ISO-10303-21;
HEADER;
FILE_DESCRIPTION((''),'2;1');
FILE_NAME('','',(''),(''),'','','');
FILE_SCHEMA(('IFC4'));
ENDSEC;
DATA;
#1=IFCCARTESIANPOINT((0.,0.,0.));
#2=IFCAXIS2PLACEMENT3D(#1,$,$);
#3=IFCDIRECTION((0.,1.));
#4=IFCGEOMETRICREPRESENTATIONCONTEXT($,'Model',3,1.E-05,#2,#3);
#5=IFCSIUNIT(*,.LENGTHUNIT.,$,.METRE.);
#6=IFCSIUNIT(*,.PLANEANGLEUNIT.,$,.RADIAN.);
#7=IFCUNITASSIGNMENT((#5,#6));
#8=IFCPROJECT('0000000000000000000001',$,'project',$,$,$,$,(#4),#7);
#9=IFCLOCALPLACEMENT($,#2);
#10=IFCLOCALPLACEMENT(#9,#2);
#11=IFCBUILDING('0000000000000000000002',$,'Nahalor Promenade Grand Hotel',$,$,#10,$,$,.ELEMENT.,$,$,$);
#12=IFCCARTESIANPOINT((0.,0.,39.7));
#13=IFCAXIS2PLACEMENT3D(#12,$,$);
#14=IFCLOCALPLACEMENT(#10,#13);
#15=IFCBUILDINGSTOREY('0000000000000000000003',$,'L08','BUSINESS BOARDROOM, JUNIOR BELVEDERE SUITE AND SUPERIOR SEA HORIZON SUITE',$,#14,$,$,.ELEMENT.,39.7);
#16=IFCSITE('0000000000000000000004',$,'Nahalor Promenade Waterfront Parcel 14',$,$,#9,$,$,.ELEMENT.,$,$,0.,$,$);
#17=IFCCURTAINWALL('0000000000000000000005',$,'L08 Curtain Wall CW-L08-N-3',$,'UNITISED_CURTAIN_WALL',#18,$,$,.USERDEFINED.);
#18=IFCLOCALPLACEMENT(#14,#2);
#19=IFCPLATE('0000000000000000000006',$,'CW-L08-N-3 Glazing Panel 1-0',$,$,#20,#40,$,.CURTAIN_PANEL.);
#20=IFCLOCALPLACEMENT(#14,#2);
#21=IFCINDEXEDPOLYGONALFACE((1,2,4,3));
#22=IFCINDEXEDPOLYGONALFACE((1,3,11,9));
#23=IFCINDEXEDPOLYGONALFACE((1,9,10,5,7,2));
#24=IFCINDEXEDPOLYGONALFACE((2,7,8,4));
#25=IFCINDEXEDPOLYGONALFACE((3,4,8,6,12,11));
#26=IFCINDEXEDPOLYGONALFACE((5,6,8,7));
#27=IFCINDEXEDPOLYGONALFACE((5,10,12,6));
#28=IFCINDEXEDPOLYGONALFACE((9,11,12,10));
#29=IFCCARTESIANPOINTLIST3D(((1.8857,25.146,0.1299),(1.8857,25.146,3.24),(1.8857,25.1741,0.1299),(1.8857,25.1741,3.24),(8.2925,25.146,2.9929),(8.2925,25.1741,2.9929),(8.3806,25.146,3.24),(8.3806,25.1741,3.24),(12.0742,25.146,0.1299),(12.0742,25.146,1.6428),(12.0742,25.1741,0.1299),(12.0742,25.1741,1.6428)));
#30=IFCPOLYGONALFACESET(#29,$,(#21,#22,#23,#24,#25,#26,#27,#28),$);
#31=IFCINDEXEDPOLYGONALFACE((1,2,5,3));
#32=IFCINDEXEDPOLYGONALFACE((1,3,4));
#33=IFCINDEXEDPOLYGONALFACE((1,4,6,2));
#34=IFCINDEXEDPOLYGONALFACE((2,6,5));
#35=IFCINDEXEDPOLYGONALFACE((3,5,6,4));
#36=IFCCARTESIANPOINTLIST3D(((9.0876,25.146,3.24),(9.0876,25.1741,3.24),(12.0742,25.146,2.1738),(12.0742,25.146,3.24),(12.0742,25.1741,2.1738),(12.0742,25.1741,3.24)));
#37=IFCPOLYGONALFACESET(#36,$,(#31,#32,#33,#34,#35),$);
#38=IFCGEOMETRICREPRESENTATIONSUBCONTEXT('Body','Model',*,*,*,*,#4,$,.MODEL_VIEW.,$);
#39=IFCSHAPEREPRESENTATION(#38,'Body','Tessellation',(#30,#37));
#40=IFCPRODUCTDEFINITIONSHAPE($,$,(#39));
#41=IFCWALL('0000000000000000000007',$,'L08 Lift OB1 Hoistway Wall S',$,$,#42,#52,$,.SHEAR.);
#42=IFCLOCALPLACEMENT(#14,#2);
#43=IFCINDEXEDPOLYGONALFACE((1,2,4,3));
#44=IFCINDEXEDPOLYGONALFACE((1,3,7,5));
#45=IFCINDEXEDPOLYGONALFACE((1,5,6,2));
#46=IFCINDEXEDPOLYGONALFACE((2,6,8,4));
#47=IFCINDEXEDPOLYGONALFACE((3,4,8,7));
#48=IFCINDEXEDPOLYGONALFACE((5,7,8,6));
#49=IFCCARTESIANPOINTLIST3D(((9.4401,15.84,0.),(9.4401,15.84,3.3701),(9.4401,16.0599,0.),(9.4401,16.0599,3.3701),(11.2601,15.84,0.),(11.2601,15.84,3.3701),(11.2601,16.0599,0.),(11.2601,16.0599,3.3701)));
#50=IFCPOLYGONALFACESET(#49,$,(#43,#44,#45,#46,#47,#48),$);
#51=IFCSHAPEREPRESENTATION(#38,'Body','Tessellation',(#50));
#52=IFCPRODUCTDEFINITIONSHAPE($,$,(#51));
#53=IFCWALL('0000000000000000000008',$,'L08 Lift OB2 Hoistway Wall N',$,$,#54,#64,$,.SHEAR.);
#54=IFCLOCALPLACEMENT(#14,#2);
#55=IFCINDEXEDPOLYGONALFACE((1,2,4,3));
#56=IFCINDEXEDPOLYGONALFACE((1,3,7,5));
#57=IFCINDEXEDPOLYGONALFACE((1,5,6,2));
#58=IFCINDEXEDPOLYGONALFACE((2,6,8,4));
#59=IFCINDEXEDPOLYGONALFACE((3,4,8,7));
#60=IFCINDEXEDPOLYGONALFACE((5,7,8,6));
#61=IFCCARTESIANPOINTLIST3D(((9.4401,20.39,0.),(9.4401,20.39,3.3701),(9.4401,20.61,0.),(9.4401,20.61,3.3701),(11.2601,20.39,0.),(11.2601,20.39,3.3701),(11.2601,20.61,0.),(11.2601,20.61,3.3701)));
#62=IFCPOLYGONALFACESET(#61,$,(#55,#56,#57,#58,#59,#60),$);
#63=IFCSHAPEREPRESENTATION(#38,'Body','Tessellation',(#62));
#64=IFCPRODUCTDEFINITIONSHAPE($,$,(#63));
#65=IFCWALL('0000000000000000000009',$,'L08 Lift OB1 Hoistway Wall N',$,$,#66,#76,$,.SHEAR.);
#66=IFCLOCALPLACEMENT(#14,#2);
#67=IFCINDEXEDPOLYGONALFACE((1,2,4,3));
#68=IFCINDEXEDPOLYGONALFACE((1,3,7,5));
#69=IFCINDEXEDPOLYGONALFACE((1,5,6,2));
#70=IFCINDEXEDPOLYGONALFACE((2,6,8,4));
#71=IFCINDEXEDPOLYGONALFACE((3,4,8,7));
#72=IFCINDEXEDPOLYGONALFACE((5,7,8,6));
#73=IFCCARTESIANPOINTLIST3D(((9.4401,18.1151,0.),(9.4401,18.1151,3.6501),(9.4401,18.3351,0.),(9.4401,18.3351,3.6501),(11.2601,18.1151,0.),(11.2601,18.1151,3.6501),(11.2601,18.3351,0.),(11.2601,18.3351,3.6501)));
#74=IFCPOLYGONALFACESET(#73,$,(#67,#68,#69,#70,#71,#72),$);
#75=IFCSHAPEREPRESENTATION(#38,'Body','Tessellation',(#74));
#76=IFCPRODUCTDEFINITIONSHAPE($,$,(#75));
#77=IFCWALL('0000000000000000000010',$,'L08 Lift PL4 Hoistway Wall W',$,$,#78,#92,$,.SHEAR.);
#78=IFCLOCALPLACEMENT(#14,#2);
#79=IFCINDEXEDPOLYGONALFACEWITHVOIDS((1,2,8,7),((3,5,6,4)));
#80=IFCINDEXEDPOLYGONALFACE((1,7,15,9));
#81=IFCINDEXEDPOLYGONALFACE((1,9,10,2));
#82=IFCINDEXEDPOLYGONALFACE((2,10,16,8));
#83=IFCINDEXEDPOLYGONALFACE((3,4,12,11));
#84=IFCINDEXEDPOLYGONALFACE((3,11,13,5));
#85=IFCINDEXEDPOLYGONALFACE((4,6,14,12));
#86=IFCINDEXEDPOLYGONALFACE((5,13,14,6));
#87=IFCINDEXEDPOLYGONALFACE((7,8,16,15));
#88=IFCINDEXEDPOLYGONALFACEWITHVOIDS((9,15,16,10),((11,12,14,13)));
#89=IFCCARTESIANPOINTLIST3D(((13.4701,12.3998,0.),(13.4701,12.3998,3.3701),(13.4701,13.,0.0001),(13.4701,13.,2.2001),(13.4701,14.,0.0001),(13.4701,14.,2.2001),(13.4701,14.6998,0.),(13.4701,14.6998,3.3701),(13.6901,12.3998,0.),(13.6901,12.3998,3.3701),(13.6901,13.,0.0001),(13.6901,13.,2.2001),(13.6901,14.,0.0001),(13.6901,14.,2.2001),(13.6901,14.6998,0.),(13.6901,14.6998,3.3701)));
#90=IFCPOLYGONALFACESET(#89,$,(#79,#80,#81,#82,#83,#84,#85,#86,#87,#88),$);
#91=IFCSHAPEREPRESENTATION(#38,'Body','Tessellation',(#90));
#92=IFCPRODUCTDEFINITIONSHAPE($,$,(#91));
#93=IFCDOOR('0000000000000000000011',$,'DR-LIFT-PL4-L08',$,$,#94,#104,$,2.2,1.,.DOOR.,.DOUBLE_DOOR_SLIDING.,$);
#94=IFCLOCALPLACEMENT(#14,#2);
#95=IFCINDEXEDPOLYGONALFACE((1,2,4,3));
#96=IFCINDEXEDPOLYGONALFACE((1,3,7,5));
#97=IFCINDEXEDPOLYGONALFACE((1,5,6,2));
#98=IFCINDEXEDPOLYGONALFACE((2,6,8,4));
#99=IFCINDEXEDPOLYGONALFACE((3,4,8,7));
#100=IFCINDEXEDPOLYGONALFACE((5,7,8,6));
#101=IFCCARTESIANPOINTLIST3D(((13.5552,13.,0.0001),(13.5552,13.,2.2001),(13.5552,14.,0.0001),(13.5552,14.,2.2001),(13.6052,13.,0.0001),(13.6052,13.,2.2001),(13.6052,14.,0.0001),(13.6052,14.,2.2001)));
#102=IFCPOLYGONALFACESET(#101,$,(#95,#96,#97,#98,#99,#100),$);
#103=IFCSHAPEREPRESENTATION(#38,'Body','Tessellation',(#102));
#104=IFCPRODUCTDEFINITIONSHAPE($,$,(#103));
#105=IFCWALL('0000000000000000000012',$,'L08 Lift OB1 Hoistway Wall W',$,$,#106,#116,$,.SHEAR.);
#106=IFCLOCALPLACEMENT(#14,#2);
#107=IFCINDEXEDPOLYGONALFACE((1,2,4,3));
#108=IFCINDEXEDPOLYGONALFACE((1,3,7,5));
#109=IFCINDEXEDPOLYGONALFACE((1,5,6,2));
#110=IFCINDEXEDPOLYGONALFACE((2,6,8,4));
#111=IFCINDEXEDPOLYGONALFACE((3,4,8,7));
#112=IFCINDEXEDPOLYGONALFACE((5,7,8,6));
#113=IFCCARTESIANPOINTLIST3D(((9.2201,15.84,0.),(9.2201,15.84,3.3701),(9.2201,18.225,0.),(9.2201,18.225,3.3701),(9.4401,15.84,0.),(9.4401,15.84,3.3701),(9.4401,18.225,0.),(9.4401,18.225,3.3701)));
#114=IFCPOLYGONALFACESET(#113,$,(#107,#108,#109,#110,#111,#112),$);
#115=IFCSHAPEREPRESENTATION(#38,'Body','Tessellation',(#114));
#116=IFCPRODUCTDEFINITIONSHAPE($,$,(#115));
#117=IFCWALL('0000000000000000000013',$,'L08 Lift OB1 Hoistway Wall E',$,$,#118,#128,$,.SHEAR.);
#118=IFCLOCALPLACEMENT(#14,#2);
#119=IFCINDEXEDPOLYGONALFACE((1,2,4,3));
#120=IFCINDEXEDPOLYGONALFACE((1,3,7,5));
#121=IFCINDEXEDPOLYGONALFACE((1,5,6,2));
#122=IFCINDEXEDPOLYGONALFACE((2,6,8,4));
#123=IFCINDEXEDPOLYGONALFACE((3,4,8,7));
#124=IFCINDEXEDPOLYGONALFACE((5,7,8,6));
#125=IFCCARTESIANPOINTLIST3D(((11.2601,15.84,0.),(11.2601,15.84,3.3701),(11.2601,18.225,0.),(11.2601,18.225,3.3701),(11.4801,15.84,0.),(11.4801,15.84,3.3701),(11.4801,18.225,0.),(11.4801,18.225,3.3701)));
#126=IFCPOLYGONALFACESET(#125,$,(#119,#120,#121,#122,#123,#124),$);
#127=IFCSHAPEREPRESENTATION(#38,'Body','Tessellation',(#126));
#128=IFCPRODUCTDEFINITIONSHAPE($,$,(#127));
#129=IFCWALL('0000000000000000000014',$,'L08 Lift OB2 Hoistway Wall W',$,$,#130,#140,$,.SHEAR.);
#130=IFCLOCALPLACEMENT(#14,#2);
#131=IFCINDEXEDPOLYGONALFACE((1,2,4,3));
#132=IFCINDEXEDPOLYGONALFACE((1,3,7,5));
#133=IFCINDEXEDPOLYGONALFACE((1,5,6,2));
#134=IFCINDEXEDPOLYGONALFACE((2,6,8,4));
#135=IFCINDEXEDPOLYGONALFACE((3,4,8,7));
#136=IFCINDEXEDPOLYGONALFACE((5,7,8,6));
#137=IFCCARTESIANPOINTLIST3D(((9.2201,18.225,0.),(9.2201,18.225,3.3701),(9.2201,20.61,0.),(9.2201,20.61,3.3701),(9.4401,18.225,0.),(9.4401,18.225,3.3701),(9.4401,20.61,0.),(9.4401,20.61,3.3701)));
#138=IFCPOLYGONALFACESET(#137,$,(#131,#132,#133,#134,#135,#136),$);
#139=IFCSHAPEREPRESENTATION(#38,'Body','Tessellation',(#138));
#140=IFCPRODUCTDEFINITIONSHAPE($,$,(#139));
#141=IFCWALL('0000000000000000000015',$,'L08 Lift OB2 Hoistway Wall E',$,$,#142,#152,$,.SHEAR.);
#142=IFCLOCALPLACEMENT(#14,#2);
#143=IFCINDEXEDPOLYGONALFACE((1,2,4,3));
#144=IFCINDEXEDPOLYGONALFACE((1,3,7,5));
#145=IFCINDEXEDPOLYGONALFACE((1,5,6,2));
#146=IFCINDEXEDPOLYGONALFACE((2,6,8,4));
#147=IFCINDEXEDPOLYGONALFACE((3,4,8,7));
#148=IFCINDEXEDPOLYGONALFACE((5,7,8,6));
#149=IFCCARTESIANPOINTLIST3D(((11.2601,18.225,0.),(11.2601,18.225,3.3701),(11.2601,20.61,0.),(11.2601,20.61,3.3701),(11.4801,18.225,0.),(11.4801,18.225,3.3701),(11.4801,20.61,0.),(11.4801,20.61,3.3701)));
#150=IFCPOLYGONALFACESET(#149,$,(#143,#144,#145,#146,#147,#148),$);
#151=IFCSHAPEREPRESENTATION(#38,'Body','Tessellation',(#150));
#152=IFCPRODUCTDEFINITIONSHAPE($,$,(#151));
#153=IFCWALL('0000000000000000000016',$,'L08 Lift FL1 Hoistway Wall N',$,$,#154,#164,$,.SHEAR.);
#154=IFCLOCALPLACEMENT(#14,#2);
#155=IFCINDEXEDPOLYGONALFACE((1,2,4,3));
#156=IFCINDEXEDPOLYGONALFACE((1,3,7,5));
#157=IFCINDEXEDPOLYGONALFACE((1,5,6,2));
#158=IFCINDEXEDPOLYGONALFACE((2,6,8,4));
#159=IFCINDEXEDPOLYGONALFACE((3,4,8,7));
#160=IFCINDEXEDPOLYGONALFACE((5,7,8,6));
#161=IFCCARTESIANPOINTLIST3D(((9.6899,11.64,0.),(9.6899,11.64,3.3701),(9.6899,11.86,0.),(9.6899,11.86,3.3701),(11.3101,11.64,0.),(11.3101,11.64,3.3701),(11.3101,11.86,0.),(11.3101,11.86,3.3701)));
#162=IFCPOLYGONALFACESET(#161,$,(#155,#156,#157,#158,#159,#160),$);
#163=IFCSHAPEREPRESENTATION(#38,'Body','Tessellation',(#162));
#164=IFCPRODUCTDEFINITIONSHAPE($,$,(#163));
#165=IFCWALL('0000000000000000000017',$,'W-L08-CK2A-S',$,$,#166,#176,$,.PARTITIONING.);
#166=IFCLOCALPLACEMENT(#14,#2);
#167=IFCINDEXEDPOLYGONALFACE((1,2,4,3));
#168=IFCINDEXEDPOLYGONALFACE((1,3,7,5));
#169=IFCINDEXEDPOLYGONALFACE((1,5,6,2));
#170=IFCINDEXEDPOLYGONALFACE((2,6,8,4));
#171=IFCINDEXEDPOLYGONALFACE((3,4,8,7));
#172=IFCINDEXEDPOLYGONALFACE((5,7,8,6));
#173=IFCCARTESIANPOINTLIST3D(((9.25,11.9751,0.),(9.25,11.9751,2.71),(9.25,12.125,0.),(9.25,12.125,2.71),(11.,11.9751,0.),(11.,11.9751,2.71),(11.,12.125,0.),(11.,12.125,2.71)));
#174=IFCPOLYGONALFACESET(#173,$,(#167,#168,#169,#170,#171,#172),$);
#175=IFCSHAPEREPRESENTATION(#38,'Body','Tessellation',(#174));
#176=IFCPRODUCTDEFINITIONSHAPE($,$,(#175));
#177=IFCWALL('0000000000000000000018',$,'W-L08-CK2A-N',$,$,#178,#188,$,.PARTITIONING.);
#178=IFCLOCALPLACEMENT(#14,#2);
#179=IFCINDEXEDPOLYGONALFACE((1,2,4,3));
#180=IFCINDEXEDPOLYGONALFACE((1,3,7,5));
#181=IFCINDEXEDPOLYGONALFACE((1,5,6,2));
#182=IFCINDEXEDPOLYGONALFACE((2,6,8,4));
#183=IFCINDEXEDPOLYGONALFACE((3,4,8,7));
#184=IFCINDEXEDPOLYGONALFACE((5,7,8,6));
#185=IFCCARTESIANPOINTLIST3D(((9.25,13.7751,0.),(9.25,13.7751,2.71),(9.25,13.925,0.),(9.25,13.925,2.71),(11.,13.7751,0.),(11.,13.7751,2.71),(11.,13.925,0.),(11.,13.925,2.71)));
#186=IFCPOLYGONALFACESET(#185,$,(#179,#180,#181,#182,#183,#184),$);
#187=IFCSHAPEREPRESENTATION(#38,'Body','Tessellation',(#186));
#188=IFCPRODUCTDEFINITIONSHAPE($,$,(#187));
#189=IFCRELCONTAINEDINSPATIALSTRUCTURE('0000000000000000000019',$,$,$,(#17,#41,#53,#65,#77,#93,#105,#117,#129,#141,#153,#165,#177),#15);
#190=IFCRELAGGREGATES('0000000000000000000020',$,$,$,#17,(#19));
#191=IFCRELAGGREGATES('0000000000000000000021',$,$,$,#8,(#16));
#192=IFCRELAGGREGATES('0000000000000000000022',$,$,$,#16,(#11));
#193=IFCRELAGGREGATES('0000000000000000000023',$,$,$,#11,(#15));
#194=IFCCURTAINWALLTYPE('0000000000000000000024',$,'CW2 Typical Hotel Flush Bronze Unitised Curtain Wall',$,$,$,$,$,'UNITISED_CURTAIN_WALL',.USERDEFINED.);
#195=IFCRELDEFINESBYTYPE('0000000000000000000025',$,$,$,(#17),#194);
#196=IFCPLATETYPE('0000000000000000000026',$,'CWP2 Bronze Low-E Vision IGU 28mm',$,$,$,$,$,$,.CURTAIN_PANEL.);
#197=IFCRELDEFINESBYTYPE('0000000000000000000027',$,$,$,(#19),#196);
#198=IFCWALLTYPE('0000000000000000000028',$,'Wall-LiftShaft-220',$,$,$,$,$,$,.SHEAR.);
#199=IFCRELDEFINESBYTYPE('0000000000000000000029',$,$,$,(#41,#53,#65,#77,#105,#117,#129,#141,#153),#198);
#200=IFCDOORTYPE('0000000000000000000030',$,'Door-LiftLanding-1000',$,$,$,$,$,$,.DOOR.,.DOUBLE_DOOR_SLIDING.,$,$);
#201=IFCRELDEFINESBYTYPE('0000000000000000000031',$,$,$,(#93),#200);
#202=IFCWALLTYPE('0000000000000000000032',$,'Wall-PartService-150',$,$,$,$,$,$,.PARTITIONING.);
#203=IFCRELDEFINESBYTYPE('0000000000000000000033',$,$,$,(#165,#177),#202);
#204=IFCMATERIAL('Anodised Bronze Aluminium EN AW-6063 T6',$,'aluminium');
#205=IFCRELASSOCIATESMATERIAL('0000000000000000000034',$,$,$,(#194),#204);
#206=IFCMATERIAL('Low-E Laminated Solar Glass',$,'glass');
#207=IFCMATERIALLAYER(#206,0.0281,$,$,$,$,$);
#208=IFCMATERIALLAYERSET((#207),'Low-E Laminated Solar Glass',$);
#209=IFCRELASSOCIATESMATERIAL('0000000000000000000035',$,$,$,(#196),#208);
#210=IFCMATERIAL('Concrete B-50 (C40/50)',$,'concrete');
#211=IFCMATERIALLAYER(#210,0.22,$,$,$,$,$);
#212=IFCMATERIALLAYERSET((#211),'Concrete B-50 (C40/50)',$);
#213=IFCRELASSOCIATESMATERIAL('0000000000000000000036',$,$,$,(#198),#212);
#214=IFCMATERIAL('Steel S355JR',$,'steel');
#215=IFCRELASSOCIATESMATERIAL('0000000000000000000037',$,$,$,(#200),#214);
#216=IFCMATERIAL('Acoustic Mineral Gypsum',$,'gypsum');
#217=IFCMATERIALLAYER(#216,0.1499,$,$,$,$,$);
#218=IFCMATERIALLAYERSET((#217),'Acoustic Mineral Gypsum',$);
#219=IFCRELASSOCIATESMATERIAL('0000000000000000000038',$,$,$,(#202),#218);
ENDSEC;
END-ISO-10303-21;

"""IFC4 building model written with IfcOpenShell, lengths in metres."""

from ifc_helpers import new_model, si_unit, direction, frame, frame_2d, origin, place, context, subcontext, project, spatial, polyline, rectangle, outline, extrude, source, transform, mapped, material, layer, layer_set, type_object, element, fill, aggregate, save


model = new_model("IFC4")

# Units and contexts
model_context = context("Model", 3, precision=1e-05, world=origin(), true_north=direction((0.0, 1.0)))
body_context = subcontext(model_context, "Body", "Model", "MODEL_VIEW")
ifc_project = project(units=[si_unit("LENGTHUNIT", "METRE"), si_unit("PLANEANGLEUNIT", "RADIAN")], contexts=[model_context])

# Site, building, storey
site_placement = place(None, origin())
site = spatial("IfcSite", under=ifc_project, at=site_placement, Name="Nahalor Promenade Waterfront Parcel 14", CompositionType="ELEMENT", RefElevation=0.0)
building_placement = place(site_placement, origin())
building = spatial("IfcBuilding", under=site, at=building_placement, Name="Nahalor Promenade Grand Hotel", CompositionType="ELEMENT")
storey_placement = place(building_placement, frame((0.0, 0.0, 39.7)))
storey = spatial("IfcBuildingStorey", under=building, at=storey_placement, Name="L08", Description="BUSINESS BOARDROOM, JUNIOR BELVEDERE SUITE AND SUPERIOR SEA HORIZON SUITE", CompositionType="ELEMENT", Elevation=39.7)

# Shared definitions
ifc_material_1 = material(Name="Steel S355JR", Category="steel")

# Curtain wall, plate
ifc_material_2 = material(Name="Anodised Bronze Aluminium EN AW-6063 T6", Category="aluminium")
curtain_wall_type = type_object("IfcCurtainWallType", Name="CW2 Typical Hotel Flush Bronze Unitised Curtain Wall", ElementType="UNITISED_CURTAIN_WALL", PredefinedType="USERDEFINED", material=ifc_material_2)
curtain_wall_placement = place(storey_placement, origin())
curtain_wall = element("IfcCurtainWall", 1, at=curtain_wall_placement, inside=storey, type_object=curtain_wall_type, Name="L08 Curtain Wall CW-L08-N-3", ObjectType="UNITISED_CURTAIN_WALL", PredefinedType="USERDEFINED")
ifc_material_3 = material(Name="Low-E Laminated Solar Glass", Category="glass")
ifc_layer_1 = layer(ifc_material_3, 0.0281)
ifc_layer_set_1 = layer_set([ifc_layer_1], Name="Low-E Laminated Solar Glass")
plate_type = type_object("IfcPlateType", Name="CWP2 Bronze Low-E Vision IGU 28mm", PredefinedType="CURTAIN_PANEL", material=ifc_layer_set_1)
plate_placement = place(storey_placement, frame((6.98, 25.1599, 0.1299), z_axis=(0.0, 0.0, 1.0), x_axis=(1.0, 0.0, 0.0)))
plate = element("IfcPlate", 2, at=plate_placement, type_object=plate_type, Name="CW-L08-N-3 Glazing Panel 1-0", PredefinedType="CURTAIN_PANEL", context=body_context, shape_type="SweptSolid", body=[
    extrude(outline(polyline([(-5.0942, 0.0), (5.0942, 0.0), (5.0942, 1.5129), (1.3125, 2.863), (1.4006, 3.1101), (-5.0942, 3.1101), (-5.0942, 0.0)])), frame((0.0, 0.0142, 0.0), z_axis=(0.0, -1.0, 0.0), x_axis=(1.0, 0.0, 0.0)), (0.0, 0.0, 1.0), 0.0281),
    extrude(outline(polyline([(5.0942, 2.0439), (5.0942, 3.1101), (2.1077, 3.1101), (5.0942, 2.0439)])), frame((0.0, 0.0142, 0.0), z_axis=(0.0, -1.0, 0.0), x_axis=(1.0, 0.0, 0.0)), (0.0, 0.0, 1.0), 0.0281),
])
aggregate(curtain_wall, [plate])

# Walls
ifc_material_4 = material(Name="Concrete B-50 (C40/50)", Category="concrete")
ifc_layer_2 = layer(ifc_material_4, 0.22)
ifc_layer_set_2 = layer_set([ifc_layer_2], Name="Concrete B-50 (C40/50)")
wall_type_1 = type_object("IfcWallType", Name="Wall-LiftShaft-220", PredefinedType="SHEAR", material=ifc_layer_set_2)
shared_shape_1 = source(origin(), body_context, "Body", "SweptSolid", [
    extrude(rectangle(XDim=1.8201, YDim=0.22, at=frame_2d((0.9102, 0.0))), origin(), (0.0, 0.0, 1.0), 3.3701),
])
for number, where, z_axis, x_axis, name in (
    (3, (9.4399, 15.95, 0.0), (0.0, 0.0, 1.0), (1.0, 0.0, 0.0), "L08 Lift OB1 Hoistway Wall S"),
    (4, (9.4399, 20.5, 0.0), (0.0, 0.0, 1.0), (1.0, 0.0, 0.0), "L08 Lift OB2 Hoistway Wall N"),
):
    element("IfcWall", number, at=place(storey_placement, frame(where, z_axis=z_axis, x_axis=x_axis)), inside=storey, type_object=wall_type_1, Name=name, PredefinedType="SHEAR", context=body_context, shape_type="MappedRepresentation", body=[
        mapped(shared_shape_1, transform((0.0, 0.0, 0.0), scale=1.0)),
    ])
shared_shape_2 = source(origin(), body_context, "Body", "SweptSolid", [
    extrude(rectangle(XDim=1.8201, YDim=0.22, at=frame_2d((0.9102, 0.0))), origin(), (0.0, 0.0, 1.0), 3.6501),
])
wall_1_placement = place(storey_placement, frame((9.4399, 18.2251, 0.0), z_axis=(0.0, 0.0, 1.0), x_axis=(1.0, 0.0, 0.0)))
element("IfcWall", 5, at=wall_1_placement, inside=storey, type_object=wall_type_1, Name="L08 Lift OB1 Hoistway Wall N", PredefinedType="SHEAR", context=body_context, shape_type="MappedRepresentation", body=[
    mapped(shared_shape_2, transform((0.0, 0.0, 0.0), scale=1.0)),
])

# Wall, opening, door
shared_shape_3 = source(origin(), body_context, "Body", "SweptSolid", [
    extrude(rectangle(XDim=2.3, YDim=0.22, at=frame_2d((1.1499, 0.0))), origin(), (0.0, 0.0, 1.0), 3.3701),
])
wall_2_placement = place(storey_placement, frame((13.5801, 12.3999, 0.0), z_axis=(0.0, 0.0, 1.0), x_axis=(0.0, 1.0, 0.0)))
wall_2 = element("IfcWall", 6, at=wall_2_placement, inside=storey, type_object=wall_type_1, Name="L08 Lift PL4 Hoistway Wall W", PredefinedType="SHEAR", context=body_context, shape_type="MappedRepresentation", body=[
    mapped(shared_shape_3, transform((0.0, 0.0, 0.0), scale=1.0)),
])
opening_1_placement = place(wall_2_placement, frame((0.6001, 0.0, 0.0)))
opening_1 = element("IfcOpeningElement", 7, at=opening_1_placement, cuts=wall_2, PredefinedType="OPENING", context=body_context, shape_type="SweptSolid", body=[
    extrude(rectangle(XDim=1.0, YDim=2.2, at=frame_2d((0.5, 1.1001))), frame((0.0, 0.1199, 0.0), z_axis=(0.0, -1.0, 0.0), x_axis=(1.0, 0.0, 0.0)), (0.0, 0.0, 1.0), 0.24),
])
door_type_1 = type_object("IfcDoorType", Name="Door-LiftLanding-1000", OperationType="DOUBLE_DOOR_SLIDING", PredefinedType="DOOR", material=ifc_material_1)
shared_shape_4 = source(origin(), body_context, "Body", "SweptSolid", [
    extrude(rectangle(XDim=1.0, YDim=2.2, at=frame_2d((0.5, 1.1001))), frame((0.0, 0.0249, 0.0), z_axis=(0.0, -1.0, 0.0), x_axis=(1.0, 0.0, 0.0)), (0.0, 0.0, 1.0), 0.05),
])
door_1_placement = place(opening_1_placement, origin())
door_1 = element("IfcDoor", 8, at=door_1_placement, inside=storey, type_object=door_type_1, Name="DR-LIFT-PL4-L08", OperationType="DOUBLE_DOOR_SLIDING", OverallHeight=2.2, OverallWidth=1.0, PredefinedType="DOOR", context=body_context, shape_type="MappedRepresentation", body=[
    mapped(shared_shape_4, transform((0.0, 0.0, 0.0), scale=1.0)),
])
fill(opening_1, door_1)

# Walls
shared_shape_5 = source(origin(), body_context, "Body", "SweptSolid", [
    extrude(rectangle(XDim=2.385, YDim=0.22, at=frame_2d((1.1924, 0.0))), origin(), (0.0, 0.0, 1.0), 3.3701),
])
for number, where, z_axis, x_axis, name in (
    (9, (9.3301, 15.8401, 0.0), (0.0, 0.0, 1.0), (0.0, 1.0, 0.0), "L08 Lift OB1 Hoistway Wall W"),
    (10, (11.3701, 15.8401, 0.0), (0.0, 0.0, 1.0), (0.0, 1.0, 0.0), "L08 Lift OB1 Hoistway Wall E"),
    (11, (9.3301, 18.2251, 0.0), (0.0, 0.0, 1.0), (0.0, 1.0, 0.0), "L08 Lift OB2 Hoistway Wall W"),
    (12, (11.3701, 18.2251, 0.0), (0.0, 0.0, 1.0), (0.0, 1.0, 0.0), "L08 Lift OB2 Hoistway Wall E"),
):
    element("IfcWall", number, at=place(storey_placement, frame(where, z_axis=z_axis, x_axis=x_axis)), inside=storey, type_object=wall_type_1, Name=name, PredefinedType="SHEAR", context=body_context, shape_type="MappedRepresentation", body=[
        mapped(shared_shape_5, transform((0.0, 0.0, 0.0), scale=1.0)),
    ])
shared_shape_6 = source(origin(), body_context, "Body", "SweptSolid", [
    extrude(rectangle(XDim=1.6201, YDim=0.22, at=frame_2d((0.8101, 0.0))), origin(), (0.0, 0.0, 1.0), 3.3701),
])
wall_3_placement = place(storey_placement, frame((9.6899, 11.75, 0.0), z_axis=(0.0, 0.0, 1.0), x_axis=(1.0, 0.0, 0.0)))
element("IfcWall", 13, at=wall_3_placement, inside=storey, type_object=wall_type_1, Name="L08 Lift FL1 Hoistway Wall N", PredefinedType="SHEAR", context=body_context, shape_type="MappedRepresentation", body=[
    mapped(shared_shape_6, transform((0.0, 0.0, 0.0), scale=1.0)),
])
ifc_material_5 = material(Name="Acoustic Mineral Gypsum", Category="gypsum")
ifc_layer_3 = layer(ifc_material_5, 0.1499)
ifc_layer_set_3 = layer_set([ifc_layer_3], Name="Acoustic Mineral Gypsum")
wall_type_2 = type_object("IfcWallType", Name="Wall-PartService-150", PredefinedType="PARTITIONING", material=ifc_layer_set_3)
shared_shape_7 = source(origin(), body_context, "Body", "SweptSolid", [
    extrude(rectangle(XDim=1.75, YDim=0.1499, at=frame_2d((0.875, 0.0))), origin(), (0.0, 0.0, 1.0), 2.71),
])
for number, where, z_axis, x_axis, name in (
    (14, (9.25, 12.05, 0.0), (0.0, 0.0, 1.0), (1.0, 0.0, 0.0), "W-L08-CK2A-S"),
    (15, (9.25, 13.8501, 0.0), (0.0, 0.0, 1.0), (1.0, 0.0, 0.0), "W-L08-CK2A-N"),
):
    element("IfcWall", number, at=place(storey_placement, frame(where, z_axis=z_axis, x_axis=x_axis)), inside=storey, type_object=wall_type_2, Name=name, PredefinedType="PARTITIONING", context=body_context, shape_type="MappedRepresentation", body=[
        mapped(shared_shape_7, transform((0.0, 0.0, 0.0), scale=1.0)),
    ])

save(model, "model.ifc")
